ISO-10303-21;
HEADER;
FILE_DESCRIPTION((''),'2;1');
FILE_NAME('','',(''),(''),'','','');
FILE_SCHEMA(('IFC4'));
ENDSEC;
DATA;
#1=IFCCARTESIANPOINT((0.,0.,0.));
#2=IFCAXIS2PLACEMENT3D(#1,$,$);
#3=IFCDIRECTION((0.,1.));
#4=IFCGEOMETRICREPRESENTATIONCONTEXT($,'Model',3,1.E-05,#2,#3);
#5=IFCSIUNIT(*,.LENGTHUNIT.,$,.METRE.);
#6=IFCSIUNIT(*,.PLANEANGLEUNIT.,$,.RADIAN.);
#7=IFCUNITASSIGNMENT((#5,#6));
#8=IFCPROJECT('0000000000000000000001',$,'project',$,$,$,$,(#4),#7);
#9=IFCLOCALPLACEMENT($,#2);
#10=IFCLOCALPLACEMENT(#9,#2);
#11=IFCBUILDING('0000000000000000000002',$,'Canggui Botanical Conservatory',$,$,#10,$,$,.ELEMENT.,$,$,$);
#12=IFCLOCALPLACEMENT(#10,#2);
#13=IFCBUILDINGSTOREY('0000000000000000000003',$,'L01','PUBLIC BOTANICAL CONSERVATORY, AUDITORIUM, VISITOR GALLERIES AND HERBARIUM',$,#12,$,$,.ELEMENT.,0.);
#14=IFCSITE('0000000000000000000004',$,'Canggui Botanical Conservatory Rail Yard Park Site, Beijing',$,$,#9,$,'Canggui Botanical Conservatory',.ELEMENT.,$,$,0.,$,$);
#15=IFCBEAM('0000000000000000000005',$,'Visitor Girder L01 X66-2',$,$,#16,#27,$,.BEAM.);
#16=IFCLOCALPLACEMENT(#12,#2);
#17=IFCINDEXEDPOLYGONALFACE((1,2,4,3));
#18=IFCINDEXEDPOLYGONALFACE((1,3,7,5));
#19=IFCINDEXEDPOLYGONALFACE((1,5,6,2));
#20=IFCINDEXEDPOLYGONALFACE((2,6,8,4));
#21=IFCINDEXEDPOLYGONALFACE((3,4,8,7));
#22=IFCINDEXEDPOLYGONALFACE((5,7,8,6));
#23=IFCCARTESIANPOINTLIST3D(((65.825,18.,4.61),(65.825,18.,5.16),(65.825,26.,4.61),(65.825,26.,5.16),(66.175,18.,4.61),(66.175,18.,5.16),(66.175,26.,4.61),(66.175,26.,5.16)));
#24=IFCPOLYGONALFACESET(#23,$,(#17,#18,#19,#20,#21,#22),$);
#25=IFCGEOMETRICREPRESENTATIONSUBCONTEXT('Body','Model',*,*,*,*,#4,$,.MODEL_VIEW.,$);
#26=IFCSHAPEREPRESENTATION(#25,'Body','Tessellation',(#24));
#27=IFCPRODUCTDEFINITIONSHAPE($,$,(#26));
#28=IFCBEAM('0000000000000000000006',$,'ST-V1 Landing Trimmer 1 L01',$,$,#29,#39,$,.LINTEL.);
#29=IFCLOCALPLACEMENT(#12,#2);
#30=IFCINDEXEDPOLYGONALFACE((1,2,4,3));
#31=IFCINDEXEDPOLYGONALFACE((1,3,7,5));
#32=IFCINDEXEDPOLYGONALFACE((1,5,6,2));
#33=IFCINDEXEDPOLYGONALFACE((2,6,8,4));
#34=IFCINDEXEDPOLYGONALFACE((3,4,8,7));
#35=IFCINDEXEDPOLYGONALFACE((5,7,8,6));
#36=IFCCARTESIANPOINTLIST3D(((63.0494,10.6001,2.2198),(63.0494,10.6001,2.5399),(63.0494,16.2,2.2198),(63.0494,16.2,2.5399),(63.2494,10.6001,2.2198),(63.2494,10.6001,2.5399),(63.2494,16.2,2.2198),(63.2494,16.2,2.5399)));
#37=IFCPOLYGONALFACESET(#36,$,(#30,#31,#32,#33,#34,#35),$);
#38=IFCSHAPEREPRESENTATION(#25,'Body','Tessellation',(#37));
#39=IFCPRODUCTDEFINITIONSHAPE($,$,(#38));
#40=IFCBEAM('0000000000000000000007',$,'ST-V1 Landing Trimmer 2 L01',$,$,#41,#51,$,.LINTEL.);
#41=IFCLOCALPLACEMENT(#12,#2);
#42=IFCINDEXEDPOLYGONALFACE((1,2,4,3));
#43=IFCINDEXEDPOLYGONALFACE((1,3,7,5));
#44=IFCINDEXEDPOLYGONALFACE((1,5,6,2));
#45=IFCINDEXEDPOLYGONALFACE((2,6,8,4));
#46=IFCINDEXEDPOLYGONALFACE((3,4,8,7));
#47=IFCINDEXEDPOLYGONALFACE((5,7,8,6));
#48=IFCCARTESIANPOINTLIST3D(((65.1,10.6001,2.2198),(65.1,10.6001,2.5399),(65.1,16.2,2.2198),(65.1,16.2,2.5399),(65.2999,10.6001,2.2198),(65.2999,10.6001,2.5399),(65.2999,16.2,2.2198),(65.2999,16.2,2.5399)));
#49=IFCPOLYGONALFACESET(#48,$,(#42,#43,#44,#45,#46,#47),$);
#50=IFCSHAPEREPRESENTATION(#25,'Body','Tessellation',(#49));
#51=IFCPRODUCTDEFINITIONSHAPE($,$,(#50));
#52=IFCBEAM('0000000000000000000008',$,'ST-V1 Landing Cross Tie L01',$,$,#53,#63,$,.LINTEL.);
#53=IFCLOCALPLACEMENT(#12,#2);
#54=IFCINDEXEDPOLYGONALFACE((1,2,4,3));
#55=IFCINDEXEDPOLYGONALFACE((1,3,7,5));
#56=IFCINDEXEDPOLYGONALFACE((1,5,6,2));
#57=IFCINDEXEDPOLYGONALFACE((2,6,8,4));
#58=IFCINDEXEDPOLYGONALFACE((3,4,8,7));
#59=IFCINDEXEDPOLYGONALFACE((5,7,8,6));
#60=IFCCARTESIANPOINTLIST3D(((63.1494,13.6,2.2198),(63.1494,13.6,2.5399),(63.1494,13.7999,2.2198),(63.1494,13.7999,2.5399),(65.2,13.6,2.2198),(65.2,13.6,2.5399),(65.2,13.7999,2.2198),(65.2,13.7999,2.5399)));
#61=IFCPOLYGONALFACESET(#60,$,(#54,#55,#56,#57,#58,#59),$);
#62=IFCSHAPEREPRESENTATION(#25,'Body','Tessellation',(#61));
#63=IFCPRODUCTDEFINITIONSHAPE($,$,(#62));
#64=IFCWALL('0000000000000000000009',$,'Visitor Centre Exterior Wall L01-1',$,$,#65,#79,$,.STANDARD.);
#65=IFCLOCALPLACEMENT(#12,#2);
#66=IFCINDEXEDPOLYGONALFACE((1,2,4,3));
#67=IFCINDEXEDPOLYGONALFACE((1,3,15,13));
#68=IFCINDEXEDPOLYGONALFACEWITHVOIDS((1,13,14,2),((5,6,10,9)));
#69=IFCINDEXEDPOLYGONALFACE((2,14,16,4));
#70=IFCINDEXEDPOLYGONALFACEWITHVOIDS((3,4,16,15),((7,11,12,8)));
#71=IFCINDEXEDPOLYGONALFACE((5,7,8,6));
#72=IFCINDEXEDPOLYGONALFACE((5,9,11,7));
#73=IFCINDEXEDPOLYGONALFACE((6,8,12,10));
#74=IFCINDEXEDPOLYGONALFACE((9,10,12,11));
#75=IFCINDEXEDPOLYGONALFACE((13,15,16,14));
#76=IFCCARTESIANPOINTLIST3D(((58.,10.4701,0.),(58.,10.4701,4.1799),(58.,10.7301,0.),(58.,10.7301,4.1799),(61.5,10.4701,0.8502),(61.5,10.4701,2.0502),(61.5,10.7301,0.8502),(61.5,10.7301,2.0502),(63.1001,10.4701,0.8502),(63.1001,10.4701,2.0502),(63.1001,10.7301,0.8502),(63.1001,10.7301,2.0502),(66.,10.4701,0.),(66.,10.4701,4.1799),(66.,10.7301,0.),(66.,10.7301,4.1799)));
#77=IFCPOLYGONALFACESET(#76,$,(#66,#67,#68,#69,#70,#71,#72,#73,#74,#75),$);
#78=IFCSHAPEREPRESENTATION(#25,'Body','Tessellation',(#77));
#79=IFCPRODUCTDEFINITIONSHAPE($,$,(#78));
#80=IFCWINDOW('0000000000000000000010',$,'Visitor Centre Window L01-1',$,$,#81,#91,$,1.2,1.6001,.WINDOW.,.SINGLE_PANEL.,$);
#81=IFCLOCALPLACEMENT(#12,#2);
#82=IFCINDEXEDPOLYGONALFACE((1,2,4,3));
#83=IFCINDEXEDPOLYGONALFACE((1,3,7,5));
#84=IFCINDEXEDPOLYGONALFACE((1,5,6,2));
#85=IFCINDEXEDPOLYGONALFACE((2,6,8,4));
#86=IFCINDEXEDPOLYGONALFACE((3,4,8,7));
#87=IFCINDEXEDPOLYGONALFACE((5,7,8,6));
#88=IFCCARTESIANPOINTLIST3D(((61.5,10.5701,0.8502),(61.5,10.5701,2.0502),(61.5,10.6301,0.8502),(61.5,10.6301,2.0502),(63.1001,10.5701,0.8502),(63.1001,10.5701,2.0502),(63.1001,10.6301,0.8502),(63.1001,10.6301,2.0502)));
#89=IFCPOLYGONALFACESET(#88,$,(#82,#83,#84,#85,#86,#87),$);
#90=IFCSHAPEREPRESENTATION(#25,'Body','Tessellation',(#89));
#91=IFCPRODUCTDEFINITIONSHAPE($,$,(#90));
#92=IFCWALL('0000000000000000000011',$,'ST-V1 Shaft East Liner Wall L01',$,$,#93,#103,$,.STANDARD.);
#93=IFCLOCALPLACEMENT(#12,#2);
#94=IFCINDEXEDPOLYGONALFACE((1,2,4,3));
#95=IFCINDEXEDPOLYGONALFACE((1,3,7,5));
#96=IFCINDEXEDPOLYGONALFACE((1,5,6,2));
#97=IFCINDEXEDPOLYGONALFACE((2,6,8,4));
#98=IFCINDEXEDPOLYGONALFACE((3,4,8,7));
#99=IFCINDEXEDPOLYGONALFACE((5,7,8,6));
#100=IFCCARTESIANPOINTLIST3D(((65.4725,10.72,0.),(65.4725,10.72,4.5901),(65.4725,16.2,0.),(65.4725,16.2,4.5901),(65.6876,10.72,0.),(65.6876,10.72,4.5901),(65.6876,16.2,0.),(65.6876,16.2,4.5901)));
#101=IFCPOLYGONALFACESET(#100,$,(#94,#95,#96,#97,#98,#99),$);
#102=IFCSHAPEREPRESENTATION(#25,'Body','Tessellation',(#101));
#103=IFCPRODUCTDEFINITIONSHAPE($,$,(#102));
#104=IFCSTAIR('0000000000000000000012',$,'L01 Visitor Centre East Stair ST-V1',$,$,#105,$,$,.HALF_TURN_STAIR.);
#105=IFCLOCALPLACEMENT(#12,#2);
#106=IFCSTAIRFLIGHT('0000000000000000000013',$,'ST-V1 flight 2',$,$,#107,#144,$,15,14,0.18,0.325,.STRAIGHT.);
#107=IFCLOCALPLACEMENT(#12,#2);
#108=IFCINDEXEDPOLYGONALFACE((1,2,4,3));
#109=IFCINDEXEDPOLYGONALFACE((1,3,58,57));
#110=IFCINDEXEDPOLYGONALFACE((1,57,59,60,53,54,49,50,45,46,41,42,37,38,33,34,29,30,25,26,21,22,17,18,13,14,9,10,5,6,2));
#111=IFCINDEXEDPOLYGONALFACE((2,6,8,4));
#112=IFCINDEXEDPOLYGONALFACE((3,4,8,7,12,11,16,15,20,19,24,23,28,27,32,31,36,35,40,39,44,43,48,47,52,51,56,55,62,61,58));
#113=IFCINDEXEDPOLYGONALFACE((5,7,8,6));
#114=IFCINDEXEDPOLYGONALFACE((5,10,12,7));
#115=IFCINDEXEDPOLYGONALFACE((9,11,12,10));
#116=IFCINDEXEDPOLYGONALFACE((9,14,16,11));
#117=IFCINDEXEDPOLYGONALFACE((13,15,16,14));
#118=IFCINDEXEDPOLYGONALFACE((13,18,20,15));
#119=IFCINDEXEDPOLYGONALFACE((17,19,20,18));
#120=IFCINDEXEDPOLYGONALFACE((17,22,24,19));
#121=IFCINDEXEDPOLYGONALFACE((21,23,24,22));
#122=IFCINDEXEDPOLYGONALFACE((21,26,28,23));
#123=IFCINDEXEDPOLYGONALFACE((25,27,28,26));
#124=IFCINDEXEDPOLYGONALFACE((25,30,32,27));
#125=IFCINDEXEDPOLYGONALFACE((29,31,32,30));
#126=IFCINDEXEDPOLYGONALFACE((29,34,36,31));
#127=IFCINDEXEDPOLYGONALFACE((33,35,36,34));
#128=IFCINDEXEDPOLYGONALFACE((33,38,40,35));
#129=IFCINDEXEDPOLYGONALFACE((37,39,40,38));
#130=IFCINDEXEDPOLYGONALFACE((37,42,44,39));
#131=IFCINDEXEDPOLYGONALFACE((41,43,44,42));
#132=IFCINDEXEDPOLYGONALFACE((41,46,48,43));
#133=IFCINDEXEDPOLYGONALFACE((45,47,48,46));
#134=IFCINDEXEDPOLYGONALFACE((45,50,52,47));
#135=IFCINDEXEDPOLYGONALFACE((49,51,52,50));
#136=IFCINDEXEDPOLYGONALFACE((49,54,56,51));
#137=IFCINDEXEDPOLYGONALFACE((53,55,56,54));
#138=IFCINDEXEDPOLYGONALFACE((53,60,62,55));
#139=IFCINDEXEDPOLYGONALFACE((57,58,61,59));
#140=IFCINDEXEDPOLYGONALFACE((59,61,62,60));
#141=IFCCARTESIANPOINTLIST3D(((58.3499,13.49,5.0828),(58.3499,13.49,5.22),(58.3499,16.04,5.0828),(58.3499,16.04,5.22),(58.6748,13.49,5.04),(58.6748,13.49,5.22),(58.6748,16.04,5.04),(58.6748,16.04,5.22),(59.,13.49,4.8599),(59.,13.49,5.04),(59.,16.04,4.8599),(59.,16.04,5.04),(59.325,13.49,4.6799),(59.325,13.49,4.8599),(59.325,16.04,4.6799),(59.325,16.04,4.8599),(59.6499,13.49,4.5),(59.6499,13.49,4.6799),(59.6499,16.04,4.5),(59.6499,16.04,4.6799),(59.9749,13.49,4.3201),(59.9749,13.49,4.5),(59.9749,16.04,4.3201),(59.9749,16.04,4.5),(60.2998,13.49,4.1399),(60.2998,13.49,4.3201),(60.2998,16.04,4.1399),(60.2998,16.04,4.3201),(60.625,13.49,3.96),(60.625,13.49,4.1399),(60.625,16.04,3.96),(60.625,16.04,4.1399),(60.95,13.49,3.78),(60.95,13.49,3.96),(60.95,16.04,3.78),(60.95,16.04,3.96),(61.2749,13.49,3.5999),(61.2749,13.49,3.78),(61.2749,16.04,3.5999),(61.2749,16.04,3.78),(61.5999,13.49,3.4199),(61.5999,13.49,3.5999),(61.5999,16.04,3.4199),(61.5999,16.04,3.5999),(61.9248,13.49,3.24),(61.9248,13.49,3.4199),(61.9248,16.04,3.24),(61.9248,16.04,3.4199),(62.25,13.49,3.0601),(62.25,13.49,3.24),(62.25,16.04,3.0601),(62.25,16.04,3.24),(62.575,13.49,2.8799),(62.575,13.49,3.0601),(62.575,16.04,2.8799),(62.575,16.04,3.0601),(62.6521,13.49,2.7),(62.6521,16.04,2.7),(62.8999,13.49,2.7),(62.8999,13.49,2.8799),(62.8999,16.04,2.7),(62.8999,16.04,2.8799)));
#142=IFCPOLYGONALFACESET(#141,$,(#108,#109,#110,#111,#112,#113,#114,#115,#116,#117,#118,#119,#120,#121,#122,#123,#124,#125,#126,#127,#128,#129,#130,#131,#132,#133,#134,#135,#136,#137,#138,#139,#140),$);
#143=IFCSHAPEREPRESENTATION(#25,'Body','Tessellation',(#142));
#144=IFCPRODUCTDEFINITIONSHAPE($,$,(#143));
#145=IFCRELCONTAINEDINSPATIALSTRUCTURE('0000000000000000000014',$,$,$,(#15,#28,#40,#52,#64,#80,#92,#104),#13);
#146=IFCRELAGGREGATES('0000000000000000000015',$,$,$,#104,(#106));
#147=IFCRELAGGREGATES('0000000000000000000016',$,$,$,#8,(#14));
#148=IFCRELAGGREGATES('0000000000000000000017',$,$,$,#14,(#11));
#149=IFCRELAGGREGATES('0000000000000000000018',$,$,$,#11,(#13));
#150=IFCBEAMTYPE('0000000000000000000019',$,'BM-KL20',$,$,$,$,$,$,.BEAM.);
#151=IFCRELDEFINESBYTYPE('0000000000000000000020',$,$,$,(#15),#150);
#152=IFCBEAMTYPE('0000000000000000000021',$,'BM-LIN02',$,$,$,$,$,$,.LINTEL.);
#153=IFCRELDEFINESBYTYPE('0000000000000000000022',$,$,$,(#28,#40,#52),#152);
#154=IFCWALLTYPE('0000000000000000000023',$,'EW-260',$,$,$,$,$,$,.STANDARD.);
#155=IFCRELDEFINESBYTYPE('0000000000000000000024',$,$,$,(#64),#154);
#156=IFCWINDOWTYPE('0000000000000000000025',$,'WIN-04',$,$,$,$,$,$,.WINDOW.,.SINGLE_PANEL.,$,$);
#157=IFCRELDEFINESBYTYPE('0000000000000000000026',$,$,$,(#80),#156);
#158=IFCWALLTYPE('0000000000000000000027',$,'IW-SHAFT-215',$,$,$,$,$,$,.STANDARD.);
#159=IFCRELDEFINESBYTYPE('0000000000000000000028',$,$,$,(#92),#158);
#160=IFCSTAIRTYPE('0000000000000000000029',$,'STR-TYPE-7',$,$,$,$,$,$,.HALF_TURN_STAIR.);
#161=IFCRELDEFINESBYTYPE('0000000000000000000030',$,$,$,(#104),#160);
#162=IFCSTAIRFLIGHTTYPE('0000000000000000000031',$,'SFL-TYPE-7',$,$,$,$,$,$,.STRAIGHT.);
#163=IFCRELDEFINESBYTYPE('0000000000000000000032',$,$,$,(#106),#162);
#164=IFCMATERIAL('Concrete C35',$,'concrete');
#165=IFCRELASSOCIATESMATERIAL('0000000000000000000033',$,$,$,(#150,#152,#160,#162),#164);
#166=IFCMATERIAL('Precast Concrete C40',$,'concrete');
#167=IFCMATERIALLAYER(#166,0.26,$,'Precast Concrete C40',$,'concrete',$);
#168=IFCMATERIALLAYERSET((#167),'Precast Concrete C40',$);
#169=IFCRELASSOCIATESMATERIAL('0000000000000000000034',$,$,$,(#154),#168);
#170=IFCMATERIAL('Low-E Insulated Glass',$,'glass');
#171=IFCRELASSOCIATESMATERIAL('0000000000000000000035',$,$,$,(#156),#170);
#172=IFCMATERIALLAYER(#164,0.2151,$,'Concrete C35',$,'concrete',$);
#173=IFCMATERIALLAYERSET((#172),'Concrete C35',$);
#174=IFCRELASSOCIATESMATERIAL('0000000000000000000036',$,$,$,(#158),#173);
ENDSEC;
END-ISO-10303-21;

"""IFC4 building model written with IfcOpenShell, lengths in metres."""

from ifc_helpers import new_model, si_unit, direction, frame, frame_2d, origin, origin_2d, place, context, subcontext, project, spatial, polyline, rectangle, outline, extrude, material, layer, layer_set, material_profile, profile_set, type_object, element, fill, aggregate, save


model = new_model("IFC4")

# Units and contexts
model_context = context("Model", 3, precision=1e-05, world=origin(), true_north=direction((0.0, 1.0)))
body_context = subcontext(model_context, "Body", "Model", "MODEL_VIEW")
ifc_project = project(units=[si_unit("LENGTHUNIT", "METRE"), si_unit("PLANEANGLEUNIT", "RADIAN")], contexts=[model_context])

# Site, building, storey
site_placement = place(None, origin())
site = spatial("IfcSite", under=ifc_project, at=site_placement, Name="Canggui Botanical Conservatory Rail Yard Park Site, Beijing", LongName="Canggui Botanical Conservatory", CompositionType="ELEMENT", RefElevation=0.0)
building_placement = place(site_placement, origin())
building = spatial("IfcBuilding", under=site, at=building_placement, Name="Canggui Botanical Conservatory", CompositionType="ELEMENT")
storey_placement = place(building_placement, origin())
storey = spatial("IfcBuildingStorey", under=building, at=storey_placement, Name="L01", Description="PUBLIC BOTANICAL CONSERVATORY, AUDITORIUM, VISITOR GALLERIES AND HERBARIUM", CompositionType="ELEMENT", Elevation=0.0)

# Shared definitions
ifc_material_1 = material(Name="Concrete C35", Category="concrete")

# Beams
ifc_material_profile_1 = material_profile(ifc_material_1, rectangle(XDim=0.3501, YDim=0.55, at=origin_2d()), Name="RB 350x550")
ifc_profile_set_1 = profile_set([ifc_material_profile_1], Name="Concrete C35")
beam_type_1 = type_object("IfcBeamType", Name="BM-KL20", PredefinedType="BEAM", material=ifc_profile_set_1)
beam_1_placement = place(storey_placement, frame((66.0, 18.0, 4.885), z_axis=(0.0, 1.0, 0.0), x_axis=(-1.0, 0.0, 0.0)))
element("IfcBeam", 1, at=beam_1_placement, inside=storey, type_object=beam_type_1, Name="Visitor Girder L01 X66-2", PredefinedType="BEAM", context=body_context, shape_type="SweptSolid", body=[
    extrude(rectangle(XDim=0.3501, YDim=0.55, at=origin_2d()), origin(), (0.0, 0.0, 1.0), 8.0),
])
ifc_material_profile_2 = material_profile(ifc_material_1, rectangle(XDim=0.2, YDim=0.3201, at=origin_2d()), Name="RB 200x320")
ifc_profile_set_2 = profile_set([ifc_material_profile_2], Name="Concrete C35")
beam_type_2 = type_object("IfcBeamType", Name="BM-LIN02", PredefinedType="LINTEL", material=ifc_profile_set_2)
for number, where, z_axis, x_axis, name in (
    (2, (63.1494, 10.6001, 2.3799), (0.0, 1.0, 0.0), (-1.0, 0.0, 0.0), "ST-V1 Landing Trimmer 1 L01"),
    (3, (65.2, 10.6001, 2.3799), (0.0, 1.0, 0.0), (-1.0, 0.0, 0.0), "ST-V1 Landing Trimmer 2 L01"),
):
    element("IfcBeam", number, at=place(storey_placement, frame(where, z_axis=z_axis, x_axis=x_axis)), inside=storey, type_object=beam_type_2, Name=name, PredefinedType="LINTEL", context=body_context, shape_type="SweptSolid", body=[
        extrude(rectangle(XDim=0.2, YDim=0.3201, at=origin_2d()), origin(), (0.0, 0.0, 1.0), 5.5999),
    ])
beam_2_placement = place(storey_placement, frame((63.1494, 13.7, 2.3799), z_axis=(1.0, 0.0, 0.0), x_axis=(0.0, 1.0, 0.0)))
element("IfcBeam", 4, at=beam_2_placement, inside=storey, type_object=beam_type_2, Name="ST-V1 Landing Cross Tie L01", PredefinedType="LINTEL", context=body_context, shape_type="SweptSolid", body=[
    extrude(rectangle(XDim=0.2, YDim=0.3201, at=origin_2d()), origin(), (0.0, 0.0, 1.0), 2.0505),
])

# Wall, opening, window
ifc_material_2 = material(Name="Precast Concrete C40", Category="concrete")
ifc_layer_1 = layer(ifc_material_2, 0.26, Name="Precast Concrete C40", Category="concrete")
ifc_layer_set_1 = layer_set([ifc_layer_1], Name="Precast Concrete C40")
wall_type_1 = type_object("IfcWallType", Name="EW-260", PredefinedType="STANDARD", material=ifc_layer_set_1)
wall_1_placement = place(storey_placement, frame((66.0, 10.6001, 0.0), z_axis=(0.0, 0.0, 1.0), x_axis=(-1.0, 0.0, 0.0)))
wall_1 = element("IfcWall", 5, at=wall_1_placement, inside=storey, type_object=wall_type_1, Name="Visitor Centre Exterior Wall L01-1", PredefinedType="STANDARD", context=body_context, shape_type="SweptSolid", body=[
    extrude(rectangle(XDim=8.0, YDim=0.26, at=frame_2d((4.0, 0.0))), origin(), (0.0, 0.0, 1.0), 4.1799),
])
opening_placement = place(wall_1_placement, frame((2.8999, 0.0, 0.8501)))
opening = element("IfcOpeningElement", 6, at=opening_placement, cuts=wall_1, PredefinedType="OPENING", context=body_context, shape_type="SweptSolid", body=[
    extrude(rectangle(XDim=1.6001, YDim=1.2, at=frame_2d((0.8, 0.6001))), frame((0.0, 0.1401, 0.0), z_axis=(0.0, -1.0, 0.0), x_axis=(1.0, 0.0, 0.0)), (0.0, 0.0, 1.0), 0.28),
])
ifc_material_3 = material(Name="Low-E Insulated Glass", Category="glass")
window_type = type_object("IfcWindowType", Name="WIN-04", PartitioningType="SINGLE_PANEL", PredefinedType="WINDOW", material=ifc_material_3)
window_placement = place(opening_placement, origin())
window = element("IfcWindow", 7, at=window_placement, inside=storey, type_object=window_type, Name="Visitor Centre Window L01-1", OverallHeight=1.2, OverallWidth=1.6001, PartitioningType="SINGLE_PANEL", PredefinedType="WINDOW", context=body_context, shape_type="SweptSolid", body=[
    extrude(rectangle(XDim=1.6001, YDim=1.2, at=frame_2d((0.8, 0.6001))), frame((0.0, 0.03, 0.0), z_axis=(0.0, -1.0, 0.0), x_axis=(1.0, 0.0, 0.0)), (0.0, 0.0, 1.0), 0.0601),
])
fill(opening, window)

# Wall
ifc_layer_2 = layer(ifc_material_1, 0.2151, Name="Concrete C35", Category="concrete")
ifc_layer_set_2 = layer_set([ifc_layer_2], Name="Concrete C35")
wall_type_2 = type_object("IfcWallType", Name="IW-SHAFT-215", PredefinedType="STANDARD", material=ifc_layer_set_2)
wall_2_placement = place(storey_placement, frame((65.5801, 10.72, 0.0), z_axis=(0.0, 0.0, 1.0), x_axis=(0.0, 1.0, 0.0)))
element("IfcWall", 8, at=wall_2_placement, inside=storey, type_object=wall_type_2, Name="ST-V1 Shaft East Liner Wall L01", PredefinedType="STANDARD", context=body_context, shape_type="SweptSolid", body=[
    extrude(rectangle(XDim=5.48, YDim=0.2151, at=frame_2d((2.74, 0.0))), origin(), (0.0, 0.0, 1.0), 4.5901),
])

# Stair, stair flight
stair_type = type_object("IfcStairType", Name="STR-TYPE-7", PredefinedType="HALF_TURN_STAIR", material=ifc_material_1)
stair_placement = place(storey_placement, origin())
stair = element("IfcStair", 9, at=stair_placement, inside=storey, type_object=stair_type, Name="L01 Visitor Centre East Stair ST-V1", PredefinedType="HALF_TURN_STAIR")
stair_flight_type = type_object("IfcStairFlightType", Name="SFL-TYPE-7", PredefinedType="STRAIGHT", material=ifc_material_1)
stair_flight_placement = place(storey_placement, frame((62.8999, 14.7649, 2.7), z_axis=(0.0, 0.0, 1.0), x_axis=(-1.0, 0.0, 0.0)))
stair_flight = element("IfcStairFlight", 10, at=stair_flight_placement, type_object=stair_flight_type, Name="ST-V1 flight 2", NumberOfRisers=15, NumberOfTreads=14, PredefinedType="STRAIGHT", RiserHeight=0.18, TreadLength=0.325, context=body_context, shape_type="SweptSolid", body=[
    extrude(outline(polyline([(0.0, 0.0), (0.0, 0.1799), (0.325, 0.1799), (0.325, 0.3601), (0.6499, 0.3601), (0.6499, 0.54), (0.9751, 0.54), (0.9751, 0.72), (1.3, 0.72), (1.3, 0.8999), (1.625, 0.8999), (1.625, 1.0801), (1.95, 1.0801), (1.95, 1.26), (2.2749, 1.26), (2.2749, 1.4399), (2.6001, 1.4399), (2.6001, 1.6201), (2.925, 1.6201), (2.925, 1.8), (3.25, 1.8), (3.25, 1.98), (3.575, 1.98), (3.575, 2.1599), (3.8999, 2.1599), (3.8999, 2.3401), (4.2251, 2.3401), (4.2251, 2.52), (4.55, 2.52), (4.55, 2.7), (4.55, 2.3828), (0.2478, 0.0), (0.0, 0.0)])), frame((0.0, 1.2749, 0.0), z_axis=(0.0, -1.0, 0.0), x_axis=(1.0, 0.0, 0.0)), (0.0, 0.0, 1.0), 2.55),
])
aggregate(stair, [stair_flight])

save(model, "model.ifc")
